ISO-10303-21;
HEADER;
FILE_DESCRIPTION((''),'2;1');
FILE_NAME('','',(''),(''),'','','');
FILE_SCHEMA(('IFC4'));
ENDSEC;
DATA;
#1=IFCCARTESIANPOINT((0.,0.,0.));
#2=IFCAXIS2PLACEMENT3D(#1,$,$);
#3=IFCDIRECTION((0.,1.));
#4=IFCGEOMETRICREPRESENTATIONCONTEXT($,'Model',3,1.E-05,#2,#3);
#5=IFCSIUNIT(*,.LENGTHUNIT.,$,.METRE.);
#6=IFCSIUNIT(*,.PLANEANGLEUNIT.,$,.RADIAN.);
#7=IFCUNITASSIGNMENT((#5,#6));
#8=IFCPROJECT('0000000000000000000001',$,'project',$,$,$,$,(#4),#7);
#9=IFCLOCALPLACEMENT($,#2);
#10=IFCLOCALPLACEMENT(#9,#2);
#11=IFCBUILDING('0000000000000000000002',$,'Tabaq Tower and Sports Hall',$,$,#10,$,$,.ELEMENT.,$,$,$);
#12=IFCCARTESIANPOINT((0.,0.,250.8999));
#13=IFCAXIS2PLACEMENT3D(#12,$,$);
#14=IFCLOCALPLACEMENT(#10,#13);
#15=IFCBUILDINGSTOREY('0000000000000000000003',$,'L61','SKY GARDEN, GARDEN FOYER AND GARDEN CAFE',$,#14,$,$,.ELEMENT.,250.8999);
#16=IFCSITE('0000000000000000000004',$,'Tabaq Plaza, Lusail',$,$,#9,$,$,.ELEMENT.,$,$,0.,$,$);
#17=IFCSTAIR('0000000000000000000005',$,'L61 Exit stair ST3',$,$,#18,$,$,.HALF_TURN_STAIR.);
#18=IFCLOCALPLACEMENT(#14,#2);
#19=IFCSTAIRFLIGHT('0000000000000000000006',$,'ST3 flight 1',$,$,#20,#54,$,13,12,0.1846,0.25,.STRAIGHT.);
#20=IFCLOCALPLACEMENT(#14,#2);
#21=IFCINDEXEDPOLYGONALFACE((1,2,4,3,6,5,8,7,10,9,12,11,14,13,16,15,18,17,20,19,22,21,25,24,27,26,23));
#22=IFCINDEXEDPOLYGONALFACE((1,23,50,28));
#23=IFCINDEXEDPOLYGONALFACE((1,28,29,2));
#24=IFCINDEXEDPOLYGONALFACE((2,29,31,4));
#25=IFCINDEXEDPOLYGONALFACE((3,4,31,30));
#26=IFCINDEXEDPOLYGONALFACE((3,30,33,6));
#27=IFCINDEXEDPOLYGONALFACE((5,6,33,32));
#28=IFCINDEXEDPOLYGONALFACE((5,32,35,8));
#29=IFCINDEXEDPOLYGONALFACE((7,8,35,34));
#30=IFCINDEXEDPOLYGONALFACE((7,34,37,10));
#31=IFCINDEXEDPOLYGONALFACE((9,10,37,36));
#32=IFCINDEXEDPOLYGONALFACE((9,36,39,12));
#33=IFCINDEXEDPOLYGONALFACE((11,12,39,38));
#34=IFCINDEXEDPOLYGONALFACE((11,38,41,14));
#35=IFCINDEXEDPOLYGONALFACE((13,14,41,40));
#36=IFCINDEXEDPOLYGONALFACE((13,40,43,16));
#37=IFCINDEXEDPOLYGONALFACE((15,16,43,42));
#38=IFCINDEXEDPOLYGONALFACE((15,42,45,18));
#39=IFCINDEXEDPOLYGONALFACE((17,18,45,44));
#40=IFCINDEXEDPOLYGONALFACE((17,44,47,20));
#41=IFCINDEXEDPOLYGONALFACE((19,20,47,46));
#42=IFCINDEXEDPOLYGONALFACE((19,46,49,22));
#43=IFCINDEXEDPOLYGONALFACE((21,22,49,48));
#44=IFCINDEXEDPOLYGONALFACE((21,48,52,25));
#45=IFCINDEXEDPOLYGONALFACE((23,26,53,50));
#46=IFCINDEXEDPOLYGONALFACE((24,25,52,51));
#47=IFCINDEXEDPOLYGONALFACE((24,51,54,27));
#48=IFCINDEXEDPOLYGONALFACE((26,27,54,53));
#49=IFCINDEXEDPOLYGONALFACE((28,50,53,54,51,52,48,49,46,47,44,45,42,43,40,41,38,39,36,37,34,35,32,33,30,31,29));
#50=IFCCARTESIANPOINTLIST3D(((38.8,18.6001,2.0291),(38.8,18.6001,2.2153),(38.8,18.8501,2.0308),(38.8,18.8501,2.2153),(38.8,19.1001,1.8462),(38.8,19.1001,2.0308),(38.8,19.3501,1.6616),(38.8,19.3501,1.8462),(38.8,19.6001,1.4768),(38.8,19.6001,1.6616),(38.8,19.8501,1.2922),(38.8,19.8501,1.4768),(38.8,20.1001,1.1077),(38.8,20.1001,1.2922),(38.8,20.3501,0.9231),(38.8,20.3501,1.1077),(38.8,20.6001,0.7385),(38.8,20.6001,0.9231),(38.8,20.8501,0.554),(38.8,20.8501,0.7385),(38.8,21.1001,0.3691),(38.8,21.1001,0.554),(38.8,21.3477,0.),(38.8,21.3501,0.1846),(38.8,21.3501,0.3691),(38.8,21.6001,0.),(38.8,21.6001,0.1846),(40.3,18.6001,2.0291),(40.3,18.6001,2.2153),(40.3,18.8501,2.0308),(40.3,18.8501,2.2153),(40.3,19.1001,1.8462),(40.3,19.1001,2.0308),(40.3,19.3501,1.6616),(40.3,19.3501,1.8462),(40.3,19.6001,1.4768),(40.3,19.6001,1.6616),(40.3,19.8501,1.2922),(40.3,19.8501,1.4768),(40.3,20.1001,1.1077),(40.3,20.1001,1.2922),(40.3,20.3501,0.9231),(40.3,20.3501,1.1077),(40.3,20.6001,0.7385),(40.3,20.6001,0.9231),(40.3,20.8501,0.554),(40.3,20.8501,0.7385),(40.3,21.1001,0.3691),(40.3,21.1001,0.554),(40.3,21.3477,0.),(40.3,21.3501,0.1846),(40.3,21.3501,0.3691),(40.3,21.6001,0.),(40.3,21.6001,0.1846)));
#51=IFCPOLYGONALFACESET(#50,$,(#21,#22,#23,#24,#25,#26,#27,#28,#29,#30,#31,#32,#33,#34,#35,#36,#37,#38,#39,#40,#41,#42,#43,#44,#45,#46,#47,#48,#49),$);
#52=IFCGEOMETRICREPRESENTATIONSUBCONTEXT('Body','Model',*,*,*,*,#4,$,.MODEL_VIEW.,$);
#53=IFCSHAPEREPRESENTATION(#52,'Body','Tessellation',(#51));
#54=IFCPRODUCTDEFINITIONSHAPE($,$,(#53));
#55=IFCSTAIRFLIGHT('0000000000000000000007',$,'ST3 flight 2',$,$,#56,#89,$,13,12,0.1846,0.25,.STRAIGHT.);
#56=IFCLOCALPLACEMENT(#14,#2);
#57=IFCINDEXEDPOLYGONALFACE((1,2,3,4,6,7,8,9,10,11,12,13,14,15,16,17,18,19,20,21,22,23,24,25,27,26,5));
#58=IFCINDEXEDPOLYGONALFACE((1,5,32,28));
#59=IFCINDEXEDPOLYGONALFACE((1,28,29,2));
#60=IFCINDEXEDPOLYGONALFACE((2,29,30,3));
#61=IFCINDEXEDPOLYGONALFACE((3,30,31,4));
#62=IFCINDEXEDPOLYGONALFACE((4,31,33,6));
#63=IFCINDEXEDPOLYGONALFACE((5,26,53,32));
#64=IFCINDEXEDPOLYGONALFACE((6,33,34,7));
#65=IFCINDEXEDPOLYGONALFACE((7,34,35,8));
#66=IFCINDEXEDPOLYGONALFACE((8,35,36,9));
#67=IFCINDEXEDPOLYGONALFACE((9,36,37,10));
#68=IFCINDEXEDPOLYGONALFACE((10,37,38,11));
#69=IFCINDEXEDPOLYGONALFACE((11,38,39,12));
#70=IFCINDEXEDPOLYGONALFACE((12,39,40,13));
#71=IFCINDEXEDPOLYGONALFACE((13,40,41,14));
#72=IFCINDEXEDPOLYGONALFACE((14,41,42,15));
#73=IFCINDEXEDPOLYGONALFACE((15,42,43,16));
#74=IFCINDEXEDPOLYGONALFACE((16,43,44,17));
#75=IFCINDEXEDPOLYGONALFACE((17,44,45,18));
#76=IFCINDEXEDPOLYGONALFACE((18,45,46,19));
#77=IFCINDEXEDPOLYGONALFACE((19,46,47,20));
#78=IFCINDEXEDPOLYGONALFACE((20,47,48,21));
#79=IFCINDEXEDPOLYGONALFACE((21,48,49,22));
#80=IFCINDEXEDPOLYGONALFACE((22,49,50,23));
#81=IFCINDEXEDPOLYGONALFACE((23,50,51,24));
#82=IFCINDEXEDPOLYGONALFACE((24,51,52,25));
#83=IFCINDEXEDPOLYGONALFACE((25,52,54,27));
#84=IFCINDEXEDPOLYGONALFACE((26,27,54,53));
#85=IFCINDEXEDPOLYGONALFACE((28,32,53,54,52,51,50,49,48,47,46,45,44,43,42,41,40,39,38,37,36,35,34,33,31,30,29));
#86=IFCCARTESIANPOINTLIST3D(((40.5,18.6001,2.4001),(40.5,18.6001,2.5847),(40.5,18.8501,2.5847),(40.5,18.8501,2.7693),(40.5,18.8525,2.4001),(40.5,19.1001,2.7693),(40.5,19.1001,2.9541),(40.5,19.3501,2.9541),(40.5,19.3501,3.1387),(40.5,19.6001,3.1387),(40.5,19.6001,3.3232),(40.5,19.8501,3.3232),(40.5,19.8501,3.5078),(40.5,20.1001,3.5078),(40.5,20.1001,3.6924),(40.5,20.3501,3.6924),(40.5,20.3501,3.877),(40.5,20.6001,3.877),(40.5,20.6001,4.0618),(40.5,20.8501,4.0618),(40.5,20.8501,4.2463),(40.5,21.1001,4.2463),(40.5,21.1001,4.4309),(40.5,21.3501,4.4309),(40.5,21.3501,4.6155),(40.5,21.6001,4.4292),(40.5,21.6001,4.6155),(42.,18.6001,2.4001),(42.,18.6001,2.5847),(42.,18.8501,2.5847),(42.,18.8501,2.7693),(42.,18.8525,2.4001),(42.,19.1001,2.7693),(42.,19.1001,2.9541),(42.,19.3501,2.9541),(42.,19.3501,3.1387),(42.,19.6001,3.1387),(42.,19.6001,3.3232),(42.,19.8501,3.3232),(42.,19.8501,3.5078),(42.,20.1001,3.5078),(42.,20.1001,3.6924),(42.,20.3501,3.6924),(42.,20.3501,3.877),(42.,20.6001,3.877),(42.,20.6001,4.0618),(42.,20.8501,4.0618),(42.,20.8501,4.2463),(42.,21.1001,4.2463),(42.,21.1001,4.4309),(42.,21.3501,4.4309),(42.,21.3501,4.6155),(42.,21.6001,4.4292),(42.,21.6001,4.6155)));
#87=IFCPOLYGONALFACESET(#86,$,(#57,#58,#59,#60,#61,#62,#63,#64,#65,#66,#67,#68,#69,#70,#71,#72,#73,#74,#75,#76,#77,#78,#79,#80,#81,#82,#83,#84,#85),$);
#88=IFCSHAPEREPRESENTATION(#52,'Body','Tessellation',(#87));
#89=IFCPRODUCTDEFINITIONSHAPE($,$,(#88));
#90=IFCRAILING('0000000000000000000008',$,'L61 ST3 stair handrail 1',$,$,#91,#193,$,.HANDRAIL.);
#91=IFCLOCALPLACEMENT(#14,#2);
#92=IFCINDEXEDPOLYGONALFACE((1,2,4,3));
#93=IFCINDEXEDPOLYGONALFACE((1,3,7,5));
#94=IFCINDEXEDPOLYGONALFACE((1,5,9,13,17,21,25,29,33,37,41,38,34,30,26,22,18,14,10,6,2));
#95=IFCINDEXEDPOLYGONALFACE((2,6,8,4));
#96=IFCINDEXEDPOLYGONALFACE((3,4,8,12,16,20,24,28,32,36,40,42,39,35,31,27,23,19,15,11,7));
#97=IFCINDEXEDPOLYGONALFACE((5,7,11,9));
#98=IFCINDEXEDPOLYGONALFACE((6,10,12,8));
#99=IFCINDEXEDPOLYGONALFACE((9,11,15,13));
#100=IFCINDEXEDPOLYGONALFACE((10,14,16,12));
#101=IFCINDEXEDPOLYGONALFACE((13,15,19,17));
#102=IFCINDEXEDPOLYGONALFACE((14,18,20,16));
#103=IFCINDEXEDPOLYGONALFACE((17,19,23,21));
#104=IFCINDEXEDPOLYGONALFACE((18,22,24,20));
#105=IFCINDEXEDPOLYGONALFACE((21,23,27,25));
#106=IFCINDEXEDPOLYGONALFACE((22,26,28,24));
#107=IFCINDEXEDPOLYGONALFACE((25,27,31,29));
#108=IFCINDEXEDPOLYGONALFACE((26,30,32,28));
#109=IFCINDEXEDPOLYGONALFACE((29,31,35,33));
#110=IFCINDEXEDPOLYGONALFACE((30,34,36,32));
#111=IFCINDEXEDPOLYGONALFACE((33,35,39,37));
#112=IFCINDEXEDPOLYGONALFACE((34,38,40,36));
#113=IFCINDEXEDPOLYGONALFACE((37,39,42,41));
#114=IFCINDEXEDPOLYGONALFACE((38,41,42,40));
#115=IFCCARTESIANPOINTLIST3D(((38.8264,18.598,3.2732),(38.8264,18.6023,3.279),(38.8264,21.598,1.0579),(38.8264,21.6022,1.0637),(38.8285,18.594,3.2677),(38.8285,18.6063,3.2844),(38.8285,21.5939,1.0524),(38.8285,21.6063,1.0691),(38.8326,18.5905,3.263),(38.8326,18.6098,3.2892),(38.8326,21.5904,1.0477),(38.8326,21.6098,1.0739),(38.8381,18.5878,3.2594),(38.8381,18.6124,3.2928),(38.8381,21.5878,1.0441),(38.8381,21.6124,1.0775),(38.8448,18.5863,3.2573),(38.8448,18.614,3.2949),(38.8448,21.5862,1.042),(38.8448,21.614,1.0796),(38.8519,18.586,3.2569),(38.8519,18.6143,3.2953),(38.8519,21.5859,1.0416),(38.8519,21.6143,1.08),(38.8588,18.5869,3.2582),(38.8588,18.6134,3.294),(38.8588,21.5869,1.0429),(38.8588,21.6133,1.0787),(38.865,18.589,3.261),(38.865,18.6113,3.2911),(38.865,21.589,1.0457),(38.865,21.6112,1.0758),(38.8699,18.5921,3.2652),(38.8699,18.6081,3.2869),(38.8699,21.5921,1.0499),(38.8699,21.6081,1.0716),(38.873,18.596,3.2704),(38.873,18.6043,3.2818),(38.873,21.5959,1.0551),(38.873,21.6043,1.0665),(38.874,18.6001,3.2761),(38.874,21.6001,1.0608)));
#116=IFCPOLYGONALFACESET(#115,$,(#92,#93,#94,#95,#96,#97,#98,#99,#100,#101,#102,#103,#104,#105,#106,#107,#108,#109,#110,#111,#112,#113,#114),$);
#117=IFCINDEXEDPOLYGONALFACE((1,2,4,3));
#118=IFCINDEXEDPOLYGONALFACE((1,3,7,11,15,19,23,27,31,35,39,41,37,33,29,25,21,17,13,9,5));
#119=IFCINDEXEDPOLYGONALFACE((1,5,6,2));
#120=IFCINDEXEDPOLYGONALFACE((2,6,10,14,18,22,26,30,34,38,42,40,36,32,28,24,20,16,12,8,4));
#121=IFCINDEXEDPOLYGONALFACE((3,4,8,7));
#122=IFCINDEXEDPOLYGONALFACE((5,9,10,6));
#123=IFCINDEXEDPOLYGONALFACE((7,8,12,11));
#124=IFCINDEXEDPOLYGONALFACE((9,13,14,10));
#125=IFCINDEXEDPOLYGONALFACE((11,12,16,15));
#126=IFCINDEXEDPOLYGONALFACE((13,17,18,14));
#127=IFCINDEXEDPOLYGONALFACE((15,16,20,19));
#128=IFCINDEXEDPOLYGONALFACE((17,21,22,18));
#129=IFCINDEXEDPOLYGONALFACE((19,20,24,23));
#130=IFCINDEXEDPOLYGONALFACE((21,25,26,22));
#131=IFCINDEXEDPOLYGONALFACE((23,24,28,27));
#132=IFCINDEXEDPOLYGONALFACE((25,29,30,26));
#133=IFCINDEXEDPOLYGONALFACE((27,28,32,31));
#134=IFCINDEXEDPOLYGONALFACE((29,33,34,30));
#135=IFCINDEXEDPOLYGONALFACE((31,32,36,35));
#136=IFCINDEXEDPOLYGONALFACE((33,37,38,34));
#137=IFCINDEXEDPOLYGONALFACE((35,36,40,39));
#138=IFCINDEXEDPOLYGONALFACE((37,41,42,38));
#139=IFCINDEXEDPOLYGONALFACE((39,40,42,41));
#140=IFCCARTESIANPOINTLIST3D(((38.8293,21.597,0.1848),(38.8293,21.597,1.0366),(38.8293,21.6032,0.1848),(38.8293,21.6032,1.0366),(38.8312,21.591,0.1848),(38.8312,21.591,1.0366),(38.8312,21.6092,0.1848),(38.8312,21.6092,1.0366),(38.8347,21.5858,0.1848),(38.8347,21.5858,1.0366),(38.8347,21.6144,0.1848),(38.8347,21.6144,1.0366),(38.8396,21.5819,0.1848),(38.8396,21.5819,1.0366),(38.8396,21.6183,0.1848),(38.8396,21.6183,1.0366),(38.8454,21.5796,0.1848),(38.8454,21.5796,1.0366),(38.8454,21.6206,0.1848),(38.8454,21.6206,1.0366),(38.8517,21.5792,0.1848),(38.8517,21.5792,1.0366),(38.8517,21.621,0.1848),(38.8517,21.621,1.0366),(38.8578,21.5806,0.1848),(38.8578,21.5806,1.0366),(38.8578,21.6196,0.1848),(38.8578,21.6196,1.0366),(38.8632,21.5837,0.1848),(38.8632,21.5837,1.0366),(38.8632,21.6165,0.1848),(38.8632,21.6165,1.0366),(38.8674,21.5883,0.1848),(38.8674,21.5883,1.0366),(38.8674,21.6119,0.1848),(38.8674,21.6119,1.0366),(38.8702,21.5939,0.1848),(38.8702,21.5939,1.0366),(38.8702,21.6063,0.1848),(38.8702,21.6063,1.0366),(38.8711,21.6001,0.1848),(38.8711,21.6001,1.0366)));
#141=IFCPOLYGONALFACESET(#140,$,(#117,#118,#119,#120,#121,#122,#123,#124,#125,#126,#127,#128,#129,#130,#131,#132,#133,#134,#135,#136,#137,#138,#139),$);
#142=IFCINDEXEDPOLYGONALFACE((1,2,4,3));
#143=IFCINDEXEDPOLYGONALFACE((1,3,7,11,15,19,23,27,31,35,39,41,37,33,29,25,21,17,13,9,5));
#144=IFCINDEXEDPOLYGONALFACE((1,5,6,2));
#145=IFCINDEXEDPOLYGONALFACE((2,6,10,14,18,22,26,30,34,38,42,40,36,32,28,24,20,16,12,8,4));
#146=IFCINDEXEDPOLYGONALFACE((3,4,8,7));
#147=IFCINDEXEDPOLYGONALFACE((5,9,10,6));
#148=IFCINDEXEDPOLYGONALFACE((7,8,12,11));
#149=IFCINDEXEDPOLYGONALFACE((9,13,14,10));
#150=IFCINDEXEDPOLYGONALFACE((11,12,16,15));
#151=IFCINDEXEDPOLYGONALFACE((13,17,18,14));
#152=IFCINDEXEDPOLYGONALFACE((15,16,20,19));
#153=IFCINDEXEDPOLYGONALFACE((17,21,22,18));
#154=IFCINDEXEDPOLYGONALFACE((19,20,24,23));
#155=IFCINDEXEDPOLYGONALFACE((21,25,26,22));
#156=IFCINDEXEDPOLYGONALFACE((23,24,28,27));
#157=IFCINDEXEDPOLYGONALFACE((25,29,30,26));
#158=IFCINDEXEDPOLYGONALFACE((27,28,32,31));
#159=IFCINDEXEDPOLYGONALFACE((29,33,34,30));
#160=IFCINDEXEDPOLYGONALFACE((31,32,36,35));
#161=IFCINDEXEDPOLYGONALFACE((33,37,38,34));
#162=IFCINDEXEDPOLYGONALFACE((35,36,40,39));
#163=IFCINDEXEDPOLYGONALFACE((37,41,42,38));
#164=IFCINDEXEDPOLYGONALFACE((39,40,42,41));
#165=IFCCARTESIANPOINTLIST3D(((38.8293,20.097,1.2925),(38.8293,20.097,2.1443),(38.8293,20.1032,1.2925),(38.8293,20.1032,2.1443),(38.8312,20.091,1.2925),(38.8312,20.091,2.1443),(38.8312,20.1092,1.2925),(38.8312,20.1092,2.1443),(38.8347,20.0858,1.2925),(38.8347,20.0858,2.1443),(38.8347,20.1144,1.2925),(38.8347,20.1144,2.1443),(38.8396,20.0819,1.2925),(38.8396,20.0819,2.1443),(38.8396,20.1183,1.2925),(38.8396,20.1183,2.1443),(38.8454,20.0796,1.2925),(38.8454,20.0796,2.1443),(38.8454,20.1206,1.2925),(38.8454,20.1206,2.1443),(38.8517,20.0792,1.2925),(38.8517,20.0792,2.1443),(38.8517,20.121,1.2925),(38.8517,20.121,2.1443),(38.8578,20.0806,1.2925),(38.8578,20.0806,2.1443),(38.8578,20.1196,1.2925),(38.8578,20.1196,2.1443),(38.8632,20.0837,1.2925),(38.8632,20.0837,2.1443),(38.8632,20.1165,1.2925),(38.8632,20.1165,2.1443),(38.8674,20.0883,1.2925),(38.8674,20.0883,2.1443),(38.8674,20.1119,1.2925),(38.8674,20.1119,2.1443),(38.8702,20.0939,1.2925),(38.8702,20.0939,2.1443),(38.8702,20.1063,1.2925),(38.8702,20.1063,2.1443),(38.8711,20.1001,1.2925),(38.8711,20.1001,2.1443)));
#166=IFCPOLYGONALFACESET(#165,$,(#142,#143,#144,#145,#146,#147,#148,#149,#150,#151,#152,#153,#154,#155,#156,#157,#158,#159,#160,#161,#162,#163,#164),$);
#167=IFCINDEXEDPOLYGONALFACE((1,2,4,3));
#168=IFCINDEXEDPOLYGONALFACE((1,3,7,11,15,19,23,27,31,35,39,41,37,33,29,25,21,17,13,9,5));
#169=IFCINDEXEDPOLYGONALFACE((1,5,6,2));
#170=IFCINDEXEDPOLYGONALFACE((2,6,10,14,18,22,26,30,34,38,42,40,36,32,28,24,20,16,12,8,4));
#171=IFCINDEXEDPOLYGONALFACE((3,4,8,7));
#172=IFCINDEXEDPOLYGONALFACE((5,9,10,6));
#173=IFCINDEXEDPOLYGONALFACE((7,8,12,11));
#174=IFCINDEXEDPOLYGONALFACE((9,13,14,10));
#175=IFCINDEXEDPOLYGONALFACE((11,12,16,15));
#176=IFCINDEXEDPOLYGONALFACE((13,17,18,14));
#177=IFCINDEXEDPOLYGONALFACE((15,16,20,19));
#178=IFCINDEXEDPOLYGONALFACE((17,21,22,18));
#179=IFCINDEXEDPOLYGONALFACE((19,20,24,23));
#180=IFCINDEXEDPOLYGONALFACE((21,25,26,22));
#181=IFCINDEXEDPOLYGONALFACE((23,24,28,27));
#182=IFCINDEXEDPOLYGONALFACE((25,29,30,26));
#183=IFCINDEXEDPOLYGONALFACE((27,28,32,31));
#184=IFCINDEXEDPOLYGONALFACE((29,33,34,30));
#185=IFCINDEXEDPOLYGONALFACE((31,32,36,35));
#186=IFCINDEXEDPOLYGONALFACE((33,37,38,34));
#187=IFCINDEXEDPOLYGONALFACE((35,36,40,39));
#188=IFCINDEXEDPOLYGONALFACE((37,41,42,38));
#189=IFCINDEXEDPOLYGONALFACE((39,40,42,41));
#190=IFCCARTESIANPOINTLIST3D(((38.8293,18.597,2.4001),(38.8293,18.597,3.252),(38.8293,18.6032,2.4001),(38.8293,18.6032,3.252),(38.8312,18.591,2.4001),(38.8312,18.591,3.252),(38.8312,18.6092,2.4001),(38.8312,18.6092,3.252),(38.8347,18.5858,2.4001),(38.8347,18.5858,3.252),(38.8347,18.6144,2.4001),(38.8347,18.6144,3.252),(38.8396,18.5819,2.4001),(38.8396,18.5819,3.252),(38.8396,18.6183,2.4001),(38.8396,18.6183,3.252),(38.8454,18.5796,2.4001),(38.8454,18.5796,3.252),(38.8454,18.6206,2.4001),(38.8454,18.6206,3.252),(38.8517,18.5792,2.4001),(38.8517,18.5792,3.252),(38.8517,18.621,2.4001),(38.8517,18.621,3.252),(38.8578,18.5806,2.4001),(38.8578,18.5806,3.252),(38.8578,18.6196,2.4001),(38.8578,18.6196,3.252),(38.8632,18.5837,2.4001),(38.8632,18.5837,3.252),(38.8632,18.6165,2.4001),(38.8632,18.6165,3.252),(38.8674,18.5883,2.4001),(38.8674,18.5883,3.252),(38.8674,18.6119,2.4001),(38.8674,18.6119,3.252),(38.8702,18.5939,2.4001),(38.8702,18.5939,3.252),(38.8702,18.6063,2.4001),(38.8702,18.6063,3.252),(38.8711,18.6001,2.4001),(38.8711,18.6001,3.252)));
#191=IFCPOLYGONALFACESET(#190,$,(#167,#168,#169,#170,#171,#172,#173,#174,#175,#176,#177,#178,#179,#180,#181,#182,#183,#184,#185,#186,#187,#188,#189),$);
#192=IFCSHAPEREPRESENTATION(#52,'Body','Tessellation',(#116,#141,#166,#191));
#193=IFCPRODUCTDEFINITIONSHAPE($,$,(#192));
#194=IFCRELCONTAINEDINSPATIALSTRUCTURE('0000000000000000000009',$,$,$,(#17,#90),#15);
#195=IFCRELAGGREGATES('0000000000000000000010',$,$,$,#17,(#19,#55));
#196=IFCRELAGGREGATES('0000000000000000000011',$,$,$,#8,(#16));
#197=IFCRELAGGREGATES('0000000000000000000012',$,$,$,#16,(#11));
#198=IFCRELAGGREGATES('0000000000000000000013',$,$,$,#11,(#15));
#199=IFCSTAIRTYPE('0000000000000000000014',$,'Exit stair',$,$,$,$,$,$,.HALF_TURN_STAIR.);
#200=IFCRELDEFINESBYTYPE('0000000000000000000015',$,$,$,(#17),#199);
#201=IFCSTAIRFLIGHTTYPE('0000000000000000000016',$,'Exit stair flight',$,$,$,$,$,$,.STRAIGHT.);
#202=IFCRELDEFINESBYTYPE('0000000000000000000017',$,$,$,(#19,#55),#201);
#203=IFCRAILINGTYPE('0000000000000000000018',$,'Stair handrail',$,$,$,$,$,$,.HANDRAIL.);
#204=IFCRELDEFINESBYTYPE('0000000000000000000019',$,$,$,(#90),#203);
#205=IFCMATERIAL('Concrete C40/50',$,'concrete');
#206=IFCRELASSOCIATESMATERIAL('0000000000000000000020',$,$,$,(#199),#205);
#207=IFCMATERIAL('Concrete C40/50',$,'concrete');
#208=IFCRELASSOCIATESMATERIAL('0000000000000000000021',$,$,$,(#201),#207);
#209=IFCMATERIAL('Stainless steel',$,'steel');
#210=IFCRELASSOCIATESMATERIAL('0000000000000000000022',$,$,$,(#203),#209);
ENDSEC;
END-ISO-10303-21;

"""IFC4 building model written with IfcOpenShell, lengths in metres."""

from ifc_helpers import new_model, si_unit, direction, frame, origin, origin_2d, place, context, subcontext, project, spatial, polyline, circle, outline, extrude, material, type_object, element, aggregate, save


model = new_model("IFC4")

# Units and contexts
model_context = context("Model", 3, precision=1e-05, world=origin(), true_north=direction((0.0, 1.0)))
body_context = subcontext(model_context, "Body", "Model", "MODEL_VIEW")
ifc_project = project(units=[si_unit("LENGTHUNIT", "METRE"), si_unit("PLANEANGLEUNIT", "RADIAN")], contexts=[model_context])

# Site, building, storey
site_placement = place(None, origin())
site = spatial("IfcSite", under=ifc_project, at=site_placement, Name="Tabaq Plaza, Lusail", CompositionType="ELEMENT", RefElevation=0.0)
building_placement = place(site_placement, origin())
building = spatial("IfcBuilding", under=site, at=building_placement, Name="Tabaq Tower and Sports Hall", CompositionType="ELEMENT")
storey_placement = place(building_placement, frame((0.0, 0.0, 250.8999)))
storey = spatial("IfcBuildingStorey", under=building, at=storey_placement, Name="L61", Description="SKY GARDEN, GARDEN FOYER AND GARDEN CAFE", CompositionType="ELEMENT", Elevation=250.8999)

# Stair, stair flights
ifc_material_1 = material(Name="Concrete C40/50", Category="concrete")
stair_type = type_object("IfcStairType", Name="Exit stair", PredefinedType="HALF_TURN_STAIR", material=ifc_material_1)
stair_placement = place(storey_placement, origin())
stair = element("IfcStair", 1, at=stair_placement, inside=storey, type_object=stair_type, Name="L61 Exit stair ST3", PredefinedType="HALF_TURN_STAIR")
ifc_material_2 = material(Name="Concrete C40/50", Category="concrete")
stair_flight_type = type_object("IfcStairFlightType", Name="Exit stair flight", PredefinedType="STRAIGHT", material=ifc_material_2)
stair_flight_1_placement = place(storey_placement, frame((39.55, 21.6001, 0.0), z_axis=(0.0, 0.0, 1.0), x_axis=(0.0, -1.0, 0.0)))
stair_flight_1 = element("IfcStairFlight", 2, at=stair_flight_1_placement, type_object=stair_flight_type, Name="ST3 flight 1", NumberOfRisers=13, NumberOfTreads=12, PredefinedType="STRAIGHT", RiserHeight=0.1846, TreadLength=0.25, context=body_context, shape_type="SweptSolid", body=[
    extrude(outline(polyline([(0.0, 0.0), (0.0, 0.1846), (0.25, 0.1846), (0.25, 0.3691), (0.5, 0.3691), (0.5, 0.554), (0.75, 0.554), (0.75, 0.7385), (1.0, 0.7385), (1.0, 0.9231), (1.25, 0.9231), (1.25, 1.1077), (1.5, 1.1077), (1.5, 1.2922), (1.75, 1.2922), (1.75, 1.4768), (2.0, 1.4768), (2.0, 1.6616), (2.25, 1.6616), (2.25, 1.8462), (2.5, 1.8462), (2.5, 2.0308), (2.75, 2.0308), (2.75, 2.2153), (3.0, 2.2153), (3.0, 2.3999), (3.0, 2.0291), (0.2524, 0.0), (0.0, 0.0)])), frame((0.0, 0.75, 0.0), z_axis=(0.0, -1.0, 0.0), x_axis=(1.0, 0.0, 0.0)), (0.0, 0.0, 1.0), 1.5),
])
stair_flight_2_placement = place(storey_placement, frame((41.25, 18.6001, 2.4001), z_axis=(0.0, 0.0, 1.0), x_axis=(0.0, 1.0, 0.0)))
stair_flight_2 = element("IfcStairFlight", 3, at=stair_flight_2_placement, type_object=stair_flight_type, Name="ST3 flight 2", NumberOfRisers=13, NumberOfTreads=12, PredefinedType="STRAIGHT", RiserHeight=0.1846, TreadLength=0.25, context=body_context, shape_type="SweptSolid", body=[
    extrude(outline(polyline([(0.0, 0.0), (0.0, 0.1846), (0.25, 0.1846), (0.25, 0.3691), (0.5, 0.3691), (0.5, 0.554), (0.75, 0.554), (0.75, 0.7385), (1.0, 0.7385), (1.0, 0.9231), (1.25, 0.9231), (1.25, 1.1077), (1.5, 1.1077), (1.5, 1.2922), (1.75, 1.2922), (1.75, 1.4768), (2.0, 1.4768), (2.0, 1.6616), (2.25, 1.6616), (2.25, 1.8462), (2.5, 1.8462), (2.5, 2.0308), (2.75, 2.0308), (2.75, 2.2153), (3.0, 2.2153), (3.0, 2.3999), (3.0, 2.0291), (0.2524, 0.0), (0.0, 0.0)])), frame((0.0, 0.75, 0.0), z_axis=(0.0, -1.0, 0.0), x_axis=(1.0, 0.0, 0.0)), (0.0, 0.0, 1.0), 1.5),
])
aggregate(stair, [stair_flight_1, stair_flight_2])

# Railing
ifc_material_3 = material(Name="Stainless steel", Category="steel")
railing_type_1 = type_object("IfcRailingType", Name="Stair handrail", PredefinedType="HANDRAIL", material=ifc_material_3)
railing_1_placement = place(storey_placement, frame((38.8501, 21.6001, 0.1848)))
element("IfcRailing", 4, at=railing_1_placement, inside=storey, type_object=railing_type_1, Name="L61 ST3 stair handrail 1", PredefinedType="HANDRAIL", context=body_context, shape_type="SweptSolid", body=[
    extrude(circle(Radius=0.0239, at=origin_2d()), frame((0.0, 0.0, 0.876), z_axis=(0.0, -0.80444, 0.594034), x_axis=(1.0, 0.0, 0.0)), (0.0, 0.0, 1.0), 3.7292),
    extrude(circle(Radius=0.021, at=origin_2d()), origin(), (0.0, 0.0, 1.0), 0.8518),
    extrude(circle(Radius=0.021, at=origin_2d()), frame((0.0, -1.5, 1.1077)), (0.0, 0.0, 1.0), 0.8518),
    extrude(circle(Radius=0.021, at=origin_2d()), frame((0.0, -3.0, 2.2153)), (0.0, 0.0, 1.0), 0.8518),
])

save(model, "model.ifc")
